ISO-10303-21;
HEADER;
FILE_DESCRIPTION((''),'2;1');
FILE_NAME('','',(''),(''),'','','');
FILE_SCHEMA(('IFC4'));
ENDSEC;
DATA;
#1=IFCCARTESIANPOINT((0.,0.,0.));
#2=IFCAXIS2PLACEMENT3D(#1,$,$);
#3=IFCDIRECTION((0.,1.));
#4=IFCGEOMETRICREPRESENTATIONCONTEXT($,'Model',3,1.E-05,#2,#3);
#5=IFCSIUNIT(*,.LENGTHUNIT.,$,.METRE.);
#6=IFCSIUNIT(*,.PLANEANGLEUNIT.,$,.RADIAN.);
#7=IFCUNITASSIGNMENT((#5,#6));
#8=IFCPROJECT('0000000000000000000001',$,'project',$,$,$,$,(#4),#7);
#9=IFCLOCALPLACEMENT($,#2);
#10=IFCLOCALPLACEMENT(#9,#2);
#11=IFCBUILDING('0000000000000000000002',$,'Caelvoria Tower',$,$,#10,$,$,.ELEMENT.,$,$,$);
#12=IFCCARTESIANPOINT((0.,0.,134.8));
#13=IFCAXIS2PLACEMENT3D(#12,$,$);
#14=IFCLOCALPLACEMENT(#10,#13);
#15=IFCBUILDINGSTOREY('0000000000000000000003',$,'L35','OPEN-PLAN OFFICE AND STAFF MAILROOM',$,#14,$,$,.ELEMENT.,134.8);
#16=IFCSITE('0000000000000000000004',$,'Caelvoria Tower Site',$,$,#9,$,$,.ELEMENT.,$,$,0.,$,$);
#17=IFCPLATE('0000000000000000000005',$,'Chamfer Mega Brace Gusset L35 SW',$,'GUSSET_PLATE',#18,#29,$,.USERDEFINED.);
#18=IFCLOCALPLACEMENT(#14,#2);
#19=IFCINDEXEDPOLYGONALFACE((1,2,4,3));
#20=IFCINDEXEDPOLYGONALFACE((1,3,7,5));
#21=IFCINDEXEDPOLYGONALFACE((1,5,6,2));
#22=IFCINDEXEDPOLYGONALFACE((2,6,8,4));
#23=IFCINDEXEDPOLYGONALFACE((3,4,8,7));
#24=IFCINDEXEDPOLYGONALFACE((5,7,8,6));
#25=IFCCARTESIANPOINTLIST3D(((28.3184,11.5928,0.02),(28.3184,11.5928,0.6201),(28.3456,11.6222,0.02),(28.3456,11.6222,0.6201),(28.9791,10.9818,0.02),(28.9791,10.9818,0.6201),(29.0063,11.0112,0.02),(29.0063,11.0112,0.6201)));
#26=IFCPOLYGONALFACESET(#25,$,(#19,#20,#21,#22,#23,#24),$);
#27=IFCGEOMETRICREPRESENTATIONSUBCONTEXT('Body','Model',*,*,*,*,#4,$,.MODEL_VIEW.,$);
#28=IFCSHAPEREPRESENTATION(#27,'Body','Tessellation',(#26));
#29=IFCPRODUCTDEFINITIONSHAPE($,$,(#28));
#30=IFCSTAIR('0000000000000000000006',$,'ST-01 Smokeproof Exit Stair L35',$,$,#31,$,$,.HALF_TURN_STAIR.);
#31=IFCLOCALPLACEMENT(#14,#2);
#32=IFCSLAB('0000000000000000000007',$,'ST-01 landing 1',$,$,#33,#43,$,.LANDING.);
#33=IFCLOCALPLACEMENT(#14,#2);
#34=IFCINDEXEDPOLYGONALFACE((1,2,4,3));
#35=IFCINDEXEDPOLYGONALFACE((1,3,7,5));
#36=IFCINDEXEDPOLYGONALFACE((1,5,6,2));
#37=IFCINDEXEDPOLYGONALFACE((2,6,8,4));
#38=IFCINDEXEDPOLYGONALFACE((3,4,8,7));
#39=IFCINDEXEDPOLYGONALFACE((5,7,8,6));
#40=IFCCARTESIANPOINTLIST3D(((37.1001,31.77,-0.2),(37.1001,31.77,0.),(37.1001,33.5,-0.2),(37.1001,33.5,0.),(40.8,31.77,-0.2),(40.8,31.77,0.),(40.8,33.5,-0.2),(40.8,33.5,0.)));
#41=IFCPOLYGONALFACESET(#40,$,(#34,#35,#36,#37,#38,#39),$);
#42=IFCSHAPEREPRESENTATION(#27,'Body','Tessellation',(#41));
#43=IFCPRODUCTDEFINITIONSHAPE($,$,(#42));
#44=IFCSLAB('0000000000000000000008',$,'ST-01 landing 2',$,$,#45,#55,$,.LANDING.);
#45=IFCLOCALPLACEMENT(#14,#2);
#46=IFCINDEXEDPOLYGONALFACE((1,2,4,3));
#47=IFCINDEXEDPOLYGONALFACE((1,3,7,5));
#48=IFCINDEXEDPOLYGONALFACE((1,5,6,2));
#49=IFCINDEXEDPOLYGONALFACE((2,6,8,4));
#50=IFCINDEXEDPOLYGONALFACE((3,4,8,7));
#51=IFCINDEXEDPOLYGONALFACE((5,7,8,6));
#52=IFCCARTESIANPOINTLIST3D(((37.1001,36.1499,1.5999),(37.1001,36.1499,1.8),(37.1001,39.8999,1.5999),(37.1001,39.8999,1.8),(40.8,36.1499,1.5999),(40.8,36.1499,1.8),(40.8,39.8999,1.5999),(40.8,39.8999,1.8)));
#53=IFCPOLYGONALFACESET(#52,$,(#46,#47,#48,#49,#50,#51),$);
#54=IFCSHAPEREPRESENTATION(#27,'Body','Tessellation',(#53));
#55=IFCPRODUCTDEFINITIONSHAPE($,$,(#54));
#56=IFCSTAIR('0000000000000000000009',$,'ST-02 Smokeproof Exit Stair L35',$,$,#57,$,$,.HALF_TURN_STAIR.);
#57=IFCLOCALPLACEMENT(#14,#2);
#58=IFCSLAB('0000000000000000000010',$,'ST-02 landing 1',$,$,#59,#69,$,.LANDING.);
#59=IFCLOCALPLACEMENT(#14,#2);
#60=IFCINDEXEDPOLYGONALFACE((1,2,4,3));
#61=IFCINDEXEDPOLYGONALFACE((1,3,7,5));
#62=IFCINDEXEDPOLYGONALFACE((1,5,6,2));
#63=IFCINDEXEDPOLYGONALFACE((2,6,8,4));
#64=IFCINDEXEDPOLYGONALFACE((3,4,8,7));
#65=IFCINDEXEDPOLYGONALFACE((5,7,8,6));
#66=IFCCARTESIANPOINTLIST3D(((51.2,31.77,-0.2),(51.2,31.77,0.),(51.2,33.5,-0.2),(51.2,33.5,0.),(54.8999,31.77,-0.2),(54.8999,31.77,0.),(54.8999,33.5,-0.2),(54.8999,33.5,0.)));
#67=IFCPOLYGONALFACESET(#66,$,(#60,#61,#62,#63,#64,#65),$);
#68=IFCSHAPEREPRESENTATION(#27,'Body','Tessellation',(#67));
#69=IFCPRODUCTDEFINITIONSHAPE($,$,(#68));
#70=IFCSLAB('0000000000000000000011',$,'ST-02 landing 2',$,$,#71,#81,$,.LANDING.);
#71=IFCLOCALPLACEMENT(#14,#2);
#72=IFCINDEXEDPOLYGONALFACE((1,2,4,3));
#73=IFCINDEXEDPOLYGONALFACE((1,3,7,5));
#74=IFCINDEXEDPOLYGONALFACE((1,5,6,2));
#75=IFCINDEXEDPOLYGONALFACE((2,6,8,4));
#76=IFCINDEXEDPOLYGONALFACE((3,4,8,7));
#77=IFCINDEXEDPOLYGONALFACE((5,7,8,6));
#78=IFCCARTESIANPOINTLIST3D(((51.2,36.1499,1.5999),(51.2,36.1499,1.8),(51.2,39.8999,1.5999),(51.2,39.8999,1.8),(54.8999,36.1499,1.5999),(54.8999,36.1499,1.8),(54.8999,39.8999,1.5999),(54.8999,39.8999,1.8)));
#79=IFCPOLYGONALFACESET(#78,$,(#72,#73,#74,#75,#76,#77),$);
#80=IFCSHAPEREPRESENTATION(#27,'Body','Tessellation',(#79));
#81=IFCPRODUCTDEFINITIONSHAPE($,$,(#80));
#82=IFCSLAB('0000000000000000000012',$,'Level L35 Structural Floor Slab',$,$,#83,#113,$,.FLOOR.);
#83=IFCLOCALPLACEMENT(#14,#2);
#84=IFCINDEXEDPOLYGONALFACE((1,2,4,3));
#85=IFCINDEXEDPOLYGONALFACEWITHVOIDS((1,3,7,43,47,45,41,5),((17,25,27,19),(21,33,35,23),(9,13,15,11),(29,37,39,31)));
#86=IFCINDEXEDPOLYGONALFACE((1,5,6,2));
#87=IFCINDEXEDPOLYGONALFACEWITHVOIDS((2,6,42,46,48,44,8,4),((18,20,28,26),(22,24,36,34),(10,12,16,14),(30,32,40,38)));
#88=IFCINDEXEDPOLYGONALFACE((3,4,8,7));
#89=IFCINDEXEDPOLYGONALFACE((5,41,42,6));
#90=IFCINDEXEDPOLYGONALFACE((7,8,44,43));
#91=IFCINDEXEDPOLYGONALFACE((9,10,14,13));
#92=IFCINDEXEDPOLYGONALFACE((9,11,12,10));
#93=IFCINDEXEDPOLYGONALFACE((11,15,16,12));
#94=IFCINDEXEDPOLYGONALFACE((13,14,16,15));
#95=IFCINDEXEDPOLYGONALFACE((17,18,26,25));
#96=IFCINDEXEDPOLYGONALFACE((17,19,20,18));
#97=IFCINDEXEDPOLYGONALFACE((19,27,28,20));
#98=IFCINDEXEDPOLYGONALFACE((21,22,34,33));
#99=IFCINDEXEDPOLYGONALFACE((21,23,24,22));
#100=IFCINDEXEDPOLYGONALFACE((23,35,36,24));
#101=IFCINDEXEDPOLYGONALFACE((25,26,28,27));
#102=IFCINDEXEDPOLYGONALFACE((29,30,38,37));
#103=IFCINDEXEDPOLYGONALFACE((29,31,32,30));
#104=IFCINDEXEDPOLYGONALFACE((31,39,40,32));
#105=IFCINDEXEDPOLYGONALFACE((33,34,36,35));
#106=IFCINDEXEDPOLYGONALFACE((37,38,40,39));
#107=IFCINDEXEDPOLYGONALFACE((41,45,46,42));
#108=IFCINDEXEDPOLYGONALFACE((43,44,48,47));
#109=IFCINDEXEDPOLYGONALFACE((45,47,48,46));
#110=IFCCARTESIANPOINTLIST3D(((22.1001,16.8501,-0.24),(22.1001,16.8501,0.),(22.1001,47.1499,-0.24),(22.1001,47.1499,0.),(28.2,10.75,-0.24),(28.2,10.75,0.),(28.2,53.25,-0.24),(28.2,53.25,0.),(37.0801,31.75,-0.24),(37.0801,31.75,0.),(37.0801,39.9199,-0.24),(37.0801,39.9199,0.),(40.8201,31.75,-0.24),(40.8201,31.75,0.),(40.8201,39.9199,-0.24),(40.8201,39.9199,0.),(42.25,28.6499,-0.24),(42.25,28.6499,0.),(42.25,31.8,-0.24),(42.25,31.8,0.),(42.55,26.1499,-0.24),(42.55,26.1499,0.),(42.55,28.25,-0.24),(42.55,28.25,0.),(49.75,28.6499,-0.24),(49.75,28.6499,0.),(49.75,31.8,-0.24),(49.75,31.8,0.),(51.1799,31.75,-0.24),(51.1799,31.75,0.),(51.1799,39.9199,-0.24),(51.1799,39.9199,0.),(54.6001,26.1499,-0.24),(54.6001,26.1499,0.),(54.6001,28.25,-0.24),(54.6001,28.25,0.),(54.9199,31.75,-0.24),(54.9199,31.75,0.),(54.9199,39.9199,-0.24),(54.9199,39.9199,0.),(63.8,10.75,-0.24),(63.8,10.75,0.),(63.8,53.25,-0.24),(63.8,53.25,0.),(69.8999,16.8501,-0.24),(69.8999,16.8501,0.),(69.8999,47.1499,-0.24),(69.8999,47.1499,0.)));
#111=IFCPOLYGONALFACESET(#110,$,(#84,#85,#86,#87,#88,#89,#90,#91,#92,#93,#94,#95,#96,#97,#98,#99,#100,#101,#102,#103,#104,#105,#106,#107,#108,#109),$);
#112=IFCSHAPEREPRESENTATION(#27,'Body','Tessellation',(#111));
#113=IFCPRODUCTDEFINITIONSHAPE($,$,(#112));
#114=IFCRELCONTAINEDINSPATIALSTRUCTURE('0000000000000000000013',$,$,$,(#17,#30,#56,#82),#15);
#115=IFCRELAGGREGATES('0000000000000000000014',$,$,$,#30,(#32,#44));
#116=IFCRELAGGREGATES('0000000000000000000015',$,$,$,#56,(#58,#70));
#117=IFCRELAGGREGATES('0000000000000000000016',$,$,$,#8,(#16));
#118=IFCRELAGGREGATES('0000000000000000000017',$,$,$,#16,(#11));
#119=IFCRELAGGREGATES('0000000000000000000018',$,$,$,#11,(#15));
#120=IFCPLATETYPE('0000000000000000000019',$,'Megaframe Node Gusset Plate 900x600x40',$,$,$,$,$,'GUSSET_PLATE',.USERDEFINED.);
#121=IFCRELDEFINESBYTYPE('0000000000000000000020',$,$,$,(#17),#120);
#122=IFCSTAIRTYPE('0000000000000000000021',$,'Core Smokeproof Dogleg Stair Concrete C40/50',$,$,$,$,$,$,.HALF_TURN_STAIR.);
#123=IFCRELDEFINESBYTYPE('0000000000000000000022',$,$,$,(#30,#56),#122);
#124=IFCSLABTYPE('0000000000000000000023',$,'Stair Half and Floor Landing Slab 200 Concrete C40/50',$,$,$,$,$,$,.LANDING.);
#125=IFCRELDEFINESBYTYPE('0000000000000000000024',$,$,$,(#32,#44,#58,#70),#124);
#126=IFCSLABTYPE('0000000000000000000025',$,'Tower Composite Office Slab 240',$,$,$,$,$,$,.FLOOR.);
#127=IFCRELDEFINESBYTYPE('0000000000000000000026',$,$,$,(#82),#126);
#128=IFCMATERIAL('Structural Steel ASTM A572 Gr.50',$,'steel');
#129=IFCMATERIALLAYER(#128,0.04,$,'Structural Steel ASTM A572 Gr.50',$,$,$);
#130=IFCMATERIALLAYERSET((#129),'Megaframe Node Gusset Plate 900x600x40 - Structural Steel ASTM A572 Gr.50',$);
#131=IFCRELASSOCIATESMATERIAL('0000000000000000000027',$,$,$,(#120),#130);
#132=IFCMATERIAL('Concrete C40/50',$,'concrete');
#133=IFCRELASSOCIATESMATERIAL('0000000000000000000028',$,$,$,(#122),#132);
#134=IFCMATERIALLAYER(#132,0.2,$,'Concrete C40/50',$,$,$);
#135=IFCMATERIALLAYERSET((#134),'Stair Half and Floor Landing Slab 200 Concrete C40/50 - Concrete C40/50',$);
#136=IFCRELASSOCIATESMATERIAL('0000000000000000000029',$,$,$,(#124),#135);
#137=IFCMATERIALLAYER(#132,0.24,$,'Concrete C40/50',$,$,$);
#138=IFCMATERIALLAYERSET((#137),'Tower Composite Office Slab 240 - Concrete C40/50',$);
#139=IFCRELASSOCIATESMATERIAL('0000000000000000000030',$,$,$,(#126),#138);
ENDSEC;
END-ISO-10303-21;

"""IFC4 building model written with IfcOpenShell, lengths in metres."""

from ifc_helpers import new_model, si_unit, direction, frame, origin, origin_2d, place, context, subcontext, project, spatial, polyline, rectangle, outline, extrude, material, layer, layer_set, type_object, element, aggregate, save


model = new_model("IFC4")

# Units and contexts
model_context = context("Model", 3, precision=1e-05, world=origin(), true_north=direction((0.0, 1.0)))
body_context = subcontext(model_context, "Body", "Model", "MODEL_VIEW")
ifc_project = project(units=[si_unit("LENGTHUNIT", "METRE"), si_unit("PLANEANGLEUNIT", "RADIAN")], contexts=[model_context])

# Site, building, storey
site_placement = place(None, origin())
site = spatial("IfcSite", under=ifc_project, at=site_placement, Name="Caelvoria Tower Site", CompositionType="ELEMENT", RefElevation=0.0)
building_placement = place(site_placement, origin())
building = spatial("IfcBuilding", under=site, at=building_placement, Name="Caelvoria Tower", CompositionType="ELEMENT")
storey_placement = place(building_placement, frame((0.0, 0.0, 134.8)))
storey = spatial("IfcBuildingStorey", under=building, at=storey_placement, Name="L35", Description="OPEN-PLAN OFFICE AND STAFF MAILROOM", CompositionType="ELEMENT", Elevation=134.8)

# Shared definitions
ifc_material_1 = material(Name="Structural Steel ASTM A572 Gr.50", Category="steel")

# Plate
ifc_layer_1 = layer(ifc_material_1, 0.04, Name="Structural Steel ASTM A572 Gr.50")
ifc_layer_set_1 = layer_set([ifc_layer_1], Name="Megaframe Node Gusset Plate 900x600x40 - Structural Steel ASTM A572 Gr.50")
plate_type = type_object("IfcPlateType", Name="Megaframe Node Gusset Plate 900x600x40", ElementType="GUSSET_PLATE", PredefinedType="USERDEFINED", material=ifc_layer_set_1)
plate_placement = place(storey_placement, frame((28.6624, 11.302, 0.02), z_axis=(0.0, 0.0, 1.0), x_axis=(-0.734203, 0.67893, 0.0)))
element("IfcPlate", 1, at=plate_placement, inside=storey, type_object=plate_type, Name="Chamfer Mega Brace Gusset L35 SW", ObjectType="GUSSET_PLATE", PredefinedType="USERDEFINED", context=body_context, shape_type="SweptSolid", body=[
    extrude(rectangle(XDim=0.8999, YDim=0.04, at=origin_2d()), origin(), (0.0, 0.0, 1.0), 0.6001),
])

# Stairs, slabs
ifc_material_2 = material(Name="Concrete C40/50", Category="concrete")
stair_type = type_object("IfcStairType", Name="Core Smokeproof Dogleg Stair Concrete C40/50", PredefinedType="HALF_TURN_STAIR", material=ifc_material_2)
stair_1_placement = place(storey_placement, origin())
stair_1 = element("IfcStair", 2, at=stair_1_placement, inside=storey, type_object=stair_type, Name="ST-01 Smokeproof Exit Stair L35", PredefinedType="HALF_TURN_STAIR")
ifc_layer_2 = layer(ifc_material_2, 0.2, Name="Concrete C40/50")
ifc_layer_set_2 = layer_set([ifc_layer_2], Name="Stair Half and Floor Landing Slab 200 Concrete C40/50 - Concrete C40/50")
slab_type_1 = type_object("IfcSlabType", Name="Stair Half and Floor Landing Slab 200 Concrete C40/50", PredefinedType="LANDING", material=ifc_layer_set_2)
slab_1_placement = place(storey_placement, frame((0.0, 0.0, -0.2)))
slab_1 = element("IfcSlab", 3, at=slab_1_placement, type_object=slab_type_1, Name="ST-01 landing 1", PredefinedType="LANDING", context=body_context, shape_type="SweptSolid", body=[
    extrude(outline(polyline([(37.1001, 31.77), (40.8, 31.77), (40.8, 33.5), (37.1001, 33.5), (37.1001, 31.77)])), origin(), (0.0, 0.0, 1.0), 0.2),
])
slab_2_placement = place(storey_placement, frame((0.0, 0.0, 1.5999)))
slab_2 = element("IfcSlab", 4, at=slab_2_placement, type_object=slab_type_1, Name="ST-01 landing 2", PredefinedType="LANDING", context=body_context, shape_type="SweptSolid", body=[
    extrude(outline(polyline([(37.1001, 36.1499), (40.8, 36.1499), (40.8, 39.8999), (37.1001, 39.8999), (37.1001, 36.1499)])), origin(), (0.0, 0.0, 1.0), 0.2002),
])
aggregate(stair_1, [slab_1, slab_2])
stair_2_placement = place(storey_placement, origin())
stair_2 = element("IfcStair", 5, at=stair_2_placement, inside=storey, type_object=stair_type, Name="ST-02 Smokeproof Exit Stair L35", PredefinedType="HALF_TURN_STAIR")
slab_3_placement = place(storey_placement, frame((0.0, 0.0, -0.2)))
slab_3 = element("IfcSlab", 6, at=slab_3_placement, type_object=slab_type_1, Name="ST-02 landing 1", PredefinedType="LANDING", context=body_context, shape_type="SweptSolid", body=[
    extrude(outline(polyline([(51.2, 31.77), (54.8999, 31.77), (54.8999, 33.5), (51.2, 33.5), (51.2, 31.77)])), origin(), (0.0, 0.0, 1.0), 0.2),
])
slab_4_placement = place(storey_placement, frame((0.0, 0.0, 1.5999)))
slab_4 = element("IfcSlab", 7, at=slab_4_placement, type_object=slab_type_1, Name="ST-02 landing 2", PredefinedType="LANDING", context=body_context, shape_type="SweptSolid", body=[
    extrude(outline(polyline([(51.2, 36.1499), (54.8999, 36.1499), (54.8999, 39.8999), (51.2, 39.8999), (51.2, 36.1499)])), origin(), (0.0, 0.0, 1.0), 0.2002),
])
aggregate(stair_2, [slab_3, slab_4])

# Slab
ifc_layer_3 = layer(ifc_material_2, 0.24, Name="Concrete C40/50")
ifc_layer_set_3 = layer_set([ifc_layer_3], Name="Tower Composite Office Slab 240 - Concrete C40/50")
slab_type_2 = type_object("IfcSlabType", Name="Tower Composite Office Slab 240", PredefinedType="FLOOR", material=ifc_layer_set_3)
slab_5_placement = place(storey_placement, frame((0.0, 0.0, -0.24)))
element("IfcSlab", 8, at=slab_5_placement, inside=storey, type_object=slab_type_2, Name="Level L35 Structural Floor Slab", PredefinedType="FLOOR", context=body_context, shape_type="SweptSolid", body=[
    extrude(outline(polyline([(28.2, 10.75), (63.8, 10.75), (69.8999, 16.8501), (69.8999, 47.1499), (63.8, 53.25), (28.2, 53.25), (22.1001, 47.1499), (22.1001, 16.8501), (28.2, 10.75)]), holes=[polyline([(37.0801, 31.75), (40.8201, 31.75), (40.8201, 39.9199), (37.0801, 39.9199), (37.0801, 31.75)]), polyline([(51.1799, 31.75), (54.9199, 31.75), (54.9199, 39.9199), (51.1799, 39.9199), (51.1799, 31.75)]), polyline([(42.25, 28.6499), (49.75, 28.6499), (49.75, 31.8), (42.25, 31.8), (42.25, 28.6499)]), polyline([(42.55, 26.1499), (54.6001, 26.1499), (54.6001, 28.25), (42.55, 28.25), (42.55, 26.1499)])]), origin(), (0.0, 0.0, 1.0), 0.24),
])

save(model, "model.ifc")
